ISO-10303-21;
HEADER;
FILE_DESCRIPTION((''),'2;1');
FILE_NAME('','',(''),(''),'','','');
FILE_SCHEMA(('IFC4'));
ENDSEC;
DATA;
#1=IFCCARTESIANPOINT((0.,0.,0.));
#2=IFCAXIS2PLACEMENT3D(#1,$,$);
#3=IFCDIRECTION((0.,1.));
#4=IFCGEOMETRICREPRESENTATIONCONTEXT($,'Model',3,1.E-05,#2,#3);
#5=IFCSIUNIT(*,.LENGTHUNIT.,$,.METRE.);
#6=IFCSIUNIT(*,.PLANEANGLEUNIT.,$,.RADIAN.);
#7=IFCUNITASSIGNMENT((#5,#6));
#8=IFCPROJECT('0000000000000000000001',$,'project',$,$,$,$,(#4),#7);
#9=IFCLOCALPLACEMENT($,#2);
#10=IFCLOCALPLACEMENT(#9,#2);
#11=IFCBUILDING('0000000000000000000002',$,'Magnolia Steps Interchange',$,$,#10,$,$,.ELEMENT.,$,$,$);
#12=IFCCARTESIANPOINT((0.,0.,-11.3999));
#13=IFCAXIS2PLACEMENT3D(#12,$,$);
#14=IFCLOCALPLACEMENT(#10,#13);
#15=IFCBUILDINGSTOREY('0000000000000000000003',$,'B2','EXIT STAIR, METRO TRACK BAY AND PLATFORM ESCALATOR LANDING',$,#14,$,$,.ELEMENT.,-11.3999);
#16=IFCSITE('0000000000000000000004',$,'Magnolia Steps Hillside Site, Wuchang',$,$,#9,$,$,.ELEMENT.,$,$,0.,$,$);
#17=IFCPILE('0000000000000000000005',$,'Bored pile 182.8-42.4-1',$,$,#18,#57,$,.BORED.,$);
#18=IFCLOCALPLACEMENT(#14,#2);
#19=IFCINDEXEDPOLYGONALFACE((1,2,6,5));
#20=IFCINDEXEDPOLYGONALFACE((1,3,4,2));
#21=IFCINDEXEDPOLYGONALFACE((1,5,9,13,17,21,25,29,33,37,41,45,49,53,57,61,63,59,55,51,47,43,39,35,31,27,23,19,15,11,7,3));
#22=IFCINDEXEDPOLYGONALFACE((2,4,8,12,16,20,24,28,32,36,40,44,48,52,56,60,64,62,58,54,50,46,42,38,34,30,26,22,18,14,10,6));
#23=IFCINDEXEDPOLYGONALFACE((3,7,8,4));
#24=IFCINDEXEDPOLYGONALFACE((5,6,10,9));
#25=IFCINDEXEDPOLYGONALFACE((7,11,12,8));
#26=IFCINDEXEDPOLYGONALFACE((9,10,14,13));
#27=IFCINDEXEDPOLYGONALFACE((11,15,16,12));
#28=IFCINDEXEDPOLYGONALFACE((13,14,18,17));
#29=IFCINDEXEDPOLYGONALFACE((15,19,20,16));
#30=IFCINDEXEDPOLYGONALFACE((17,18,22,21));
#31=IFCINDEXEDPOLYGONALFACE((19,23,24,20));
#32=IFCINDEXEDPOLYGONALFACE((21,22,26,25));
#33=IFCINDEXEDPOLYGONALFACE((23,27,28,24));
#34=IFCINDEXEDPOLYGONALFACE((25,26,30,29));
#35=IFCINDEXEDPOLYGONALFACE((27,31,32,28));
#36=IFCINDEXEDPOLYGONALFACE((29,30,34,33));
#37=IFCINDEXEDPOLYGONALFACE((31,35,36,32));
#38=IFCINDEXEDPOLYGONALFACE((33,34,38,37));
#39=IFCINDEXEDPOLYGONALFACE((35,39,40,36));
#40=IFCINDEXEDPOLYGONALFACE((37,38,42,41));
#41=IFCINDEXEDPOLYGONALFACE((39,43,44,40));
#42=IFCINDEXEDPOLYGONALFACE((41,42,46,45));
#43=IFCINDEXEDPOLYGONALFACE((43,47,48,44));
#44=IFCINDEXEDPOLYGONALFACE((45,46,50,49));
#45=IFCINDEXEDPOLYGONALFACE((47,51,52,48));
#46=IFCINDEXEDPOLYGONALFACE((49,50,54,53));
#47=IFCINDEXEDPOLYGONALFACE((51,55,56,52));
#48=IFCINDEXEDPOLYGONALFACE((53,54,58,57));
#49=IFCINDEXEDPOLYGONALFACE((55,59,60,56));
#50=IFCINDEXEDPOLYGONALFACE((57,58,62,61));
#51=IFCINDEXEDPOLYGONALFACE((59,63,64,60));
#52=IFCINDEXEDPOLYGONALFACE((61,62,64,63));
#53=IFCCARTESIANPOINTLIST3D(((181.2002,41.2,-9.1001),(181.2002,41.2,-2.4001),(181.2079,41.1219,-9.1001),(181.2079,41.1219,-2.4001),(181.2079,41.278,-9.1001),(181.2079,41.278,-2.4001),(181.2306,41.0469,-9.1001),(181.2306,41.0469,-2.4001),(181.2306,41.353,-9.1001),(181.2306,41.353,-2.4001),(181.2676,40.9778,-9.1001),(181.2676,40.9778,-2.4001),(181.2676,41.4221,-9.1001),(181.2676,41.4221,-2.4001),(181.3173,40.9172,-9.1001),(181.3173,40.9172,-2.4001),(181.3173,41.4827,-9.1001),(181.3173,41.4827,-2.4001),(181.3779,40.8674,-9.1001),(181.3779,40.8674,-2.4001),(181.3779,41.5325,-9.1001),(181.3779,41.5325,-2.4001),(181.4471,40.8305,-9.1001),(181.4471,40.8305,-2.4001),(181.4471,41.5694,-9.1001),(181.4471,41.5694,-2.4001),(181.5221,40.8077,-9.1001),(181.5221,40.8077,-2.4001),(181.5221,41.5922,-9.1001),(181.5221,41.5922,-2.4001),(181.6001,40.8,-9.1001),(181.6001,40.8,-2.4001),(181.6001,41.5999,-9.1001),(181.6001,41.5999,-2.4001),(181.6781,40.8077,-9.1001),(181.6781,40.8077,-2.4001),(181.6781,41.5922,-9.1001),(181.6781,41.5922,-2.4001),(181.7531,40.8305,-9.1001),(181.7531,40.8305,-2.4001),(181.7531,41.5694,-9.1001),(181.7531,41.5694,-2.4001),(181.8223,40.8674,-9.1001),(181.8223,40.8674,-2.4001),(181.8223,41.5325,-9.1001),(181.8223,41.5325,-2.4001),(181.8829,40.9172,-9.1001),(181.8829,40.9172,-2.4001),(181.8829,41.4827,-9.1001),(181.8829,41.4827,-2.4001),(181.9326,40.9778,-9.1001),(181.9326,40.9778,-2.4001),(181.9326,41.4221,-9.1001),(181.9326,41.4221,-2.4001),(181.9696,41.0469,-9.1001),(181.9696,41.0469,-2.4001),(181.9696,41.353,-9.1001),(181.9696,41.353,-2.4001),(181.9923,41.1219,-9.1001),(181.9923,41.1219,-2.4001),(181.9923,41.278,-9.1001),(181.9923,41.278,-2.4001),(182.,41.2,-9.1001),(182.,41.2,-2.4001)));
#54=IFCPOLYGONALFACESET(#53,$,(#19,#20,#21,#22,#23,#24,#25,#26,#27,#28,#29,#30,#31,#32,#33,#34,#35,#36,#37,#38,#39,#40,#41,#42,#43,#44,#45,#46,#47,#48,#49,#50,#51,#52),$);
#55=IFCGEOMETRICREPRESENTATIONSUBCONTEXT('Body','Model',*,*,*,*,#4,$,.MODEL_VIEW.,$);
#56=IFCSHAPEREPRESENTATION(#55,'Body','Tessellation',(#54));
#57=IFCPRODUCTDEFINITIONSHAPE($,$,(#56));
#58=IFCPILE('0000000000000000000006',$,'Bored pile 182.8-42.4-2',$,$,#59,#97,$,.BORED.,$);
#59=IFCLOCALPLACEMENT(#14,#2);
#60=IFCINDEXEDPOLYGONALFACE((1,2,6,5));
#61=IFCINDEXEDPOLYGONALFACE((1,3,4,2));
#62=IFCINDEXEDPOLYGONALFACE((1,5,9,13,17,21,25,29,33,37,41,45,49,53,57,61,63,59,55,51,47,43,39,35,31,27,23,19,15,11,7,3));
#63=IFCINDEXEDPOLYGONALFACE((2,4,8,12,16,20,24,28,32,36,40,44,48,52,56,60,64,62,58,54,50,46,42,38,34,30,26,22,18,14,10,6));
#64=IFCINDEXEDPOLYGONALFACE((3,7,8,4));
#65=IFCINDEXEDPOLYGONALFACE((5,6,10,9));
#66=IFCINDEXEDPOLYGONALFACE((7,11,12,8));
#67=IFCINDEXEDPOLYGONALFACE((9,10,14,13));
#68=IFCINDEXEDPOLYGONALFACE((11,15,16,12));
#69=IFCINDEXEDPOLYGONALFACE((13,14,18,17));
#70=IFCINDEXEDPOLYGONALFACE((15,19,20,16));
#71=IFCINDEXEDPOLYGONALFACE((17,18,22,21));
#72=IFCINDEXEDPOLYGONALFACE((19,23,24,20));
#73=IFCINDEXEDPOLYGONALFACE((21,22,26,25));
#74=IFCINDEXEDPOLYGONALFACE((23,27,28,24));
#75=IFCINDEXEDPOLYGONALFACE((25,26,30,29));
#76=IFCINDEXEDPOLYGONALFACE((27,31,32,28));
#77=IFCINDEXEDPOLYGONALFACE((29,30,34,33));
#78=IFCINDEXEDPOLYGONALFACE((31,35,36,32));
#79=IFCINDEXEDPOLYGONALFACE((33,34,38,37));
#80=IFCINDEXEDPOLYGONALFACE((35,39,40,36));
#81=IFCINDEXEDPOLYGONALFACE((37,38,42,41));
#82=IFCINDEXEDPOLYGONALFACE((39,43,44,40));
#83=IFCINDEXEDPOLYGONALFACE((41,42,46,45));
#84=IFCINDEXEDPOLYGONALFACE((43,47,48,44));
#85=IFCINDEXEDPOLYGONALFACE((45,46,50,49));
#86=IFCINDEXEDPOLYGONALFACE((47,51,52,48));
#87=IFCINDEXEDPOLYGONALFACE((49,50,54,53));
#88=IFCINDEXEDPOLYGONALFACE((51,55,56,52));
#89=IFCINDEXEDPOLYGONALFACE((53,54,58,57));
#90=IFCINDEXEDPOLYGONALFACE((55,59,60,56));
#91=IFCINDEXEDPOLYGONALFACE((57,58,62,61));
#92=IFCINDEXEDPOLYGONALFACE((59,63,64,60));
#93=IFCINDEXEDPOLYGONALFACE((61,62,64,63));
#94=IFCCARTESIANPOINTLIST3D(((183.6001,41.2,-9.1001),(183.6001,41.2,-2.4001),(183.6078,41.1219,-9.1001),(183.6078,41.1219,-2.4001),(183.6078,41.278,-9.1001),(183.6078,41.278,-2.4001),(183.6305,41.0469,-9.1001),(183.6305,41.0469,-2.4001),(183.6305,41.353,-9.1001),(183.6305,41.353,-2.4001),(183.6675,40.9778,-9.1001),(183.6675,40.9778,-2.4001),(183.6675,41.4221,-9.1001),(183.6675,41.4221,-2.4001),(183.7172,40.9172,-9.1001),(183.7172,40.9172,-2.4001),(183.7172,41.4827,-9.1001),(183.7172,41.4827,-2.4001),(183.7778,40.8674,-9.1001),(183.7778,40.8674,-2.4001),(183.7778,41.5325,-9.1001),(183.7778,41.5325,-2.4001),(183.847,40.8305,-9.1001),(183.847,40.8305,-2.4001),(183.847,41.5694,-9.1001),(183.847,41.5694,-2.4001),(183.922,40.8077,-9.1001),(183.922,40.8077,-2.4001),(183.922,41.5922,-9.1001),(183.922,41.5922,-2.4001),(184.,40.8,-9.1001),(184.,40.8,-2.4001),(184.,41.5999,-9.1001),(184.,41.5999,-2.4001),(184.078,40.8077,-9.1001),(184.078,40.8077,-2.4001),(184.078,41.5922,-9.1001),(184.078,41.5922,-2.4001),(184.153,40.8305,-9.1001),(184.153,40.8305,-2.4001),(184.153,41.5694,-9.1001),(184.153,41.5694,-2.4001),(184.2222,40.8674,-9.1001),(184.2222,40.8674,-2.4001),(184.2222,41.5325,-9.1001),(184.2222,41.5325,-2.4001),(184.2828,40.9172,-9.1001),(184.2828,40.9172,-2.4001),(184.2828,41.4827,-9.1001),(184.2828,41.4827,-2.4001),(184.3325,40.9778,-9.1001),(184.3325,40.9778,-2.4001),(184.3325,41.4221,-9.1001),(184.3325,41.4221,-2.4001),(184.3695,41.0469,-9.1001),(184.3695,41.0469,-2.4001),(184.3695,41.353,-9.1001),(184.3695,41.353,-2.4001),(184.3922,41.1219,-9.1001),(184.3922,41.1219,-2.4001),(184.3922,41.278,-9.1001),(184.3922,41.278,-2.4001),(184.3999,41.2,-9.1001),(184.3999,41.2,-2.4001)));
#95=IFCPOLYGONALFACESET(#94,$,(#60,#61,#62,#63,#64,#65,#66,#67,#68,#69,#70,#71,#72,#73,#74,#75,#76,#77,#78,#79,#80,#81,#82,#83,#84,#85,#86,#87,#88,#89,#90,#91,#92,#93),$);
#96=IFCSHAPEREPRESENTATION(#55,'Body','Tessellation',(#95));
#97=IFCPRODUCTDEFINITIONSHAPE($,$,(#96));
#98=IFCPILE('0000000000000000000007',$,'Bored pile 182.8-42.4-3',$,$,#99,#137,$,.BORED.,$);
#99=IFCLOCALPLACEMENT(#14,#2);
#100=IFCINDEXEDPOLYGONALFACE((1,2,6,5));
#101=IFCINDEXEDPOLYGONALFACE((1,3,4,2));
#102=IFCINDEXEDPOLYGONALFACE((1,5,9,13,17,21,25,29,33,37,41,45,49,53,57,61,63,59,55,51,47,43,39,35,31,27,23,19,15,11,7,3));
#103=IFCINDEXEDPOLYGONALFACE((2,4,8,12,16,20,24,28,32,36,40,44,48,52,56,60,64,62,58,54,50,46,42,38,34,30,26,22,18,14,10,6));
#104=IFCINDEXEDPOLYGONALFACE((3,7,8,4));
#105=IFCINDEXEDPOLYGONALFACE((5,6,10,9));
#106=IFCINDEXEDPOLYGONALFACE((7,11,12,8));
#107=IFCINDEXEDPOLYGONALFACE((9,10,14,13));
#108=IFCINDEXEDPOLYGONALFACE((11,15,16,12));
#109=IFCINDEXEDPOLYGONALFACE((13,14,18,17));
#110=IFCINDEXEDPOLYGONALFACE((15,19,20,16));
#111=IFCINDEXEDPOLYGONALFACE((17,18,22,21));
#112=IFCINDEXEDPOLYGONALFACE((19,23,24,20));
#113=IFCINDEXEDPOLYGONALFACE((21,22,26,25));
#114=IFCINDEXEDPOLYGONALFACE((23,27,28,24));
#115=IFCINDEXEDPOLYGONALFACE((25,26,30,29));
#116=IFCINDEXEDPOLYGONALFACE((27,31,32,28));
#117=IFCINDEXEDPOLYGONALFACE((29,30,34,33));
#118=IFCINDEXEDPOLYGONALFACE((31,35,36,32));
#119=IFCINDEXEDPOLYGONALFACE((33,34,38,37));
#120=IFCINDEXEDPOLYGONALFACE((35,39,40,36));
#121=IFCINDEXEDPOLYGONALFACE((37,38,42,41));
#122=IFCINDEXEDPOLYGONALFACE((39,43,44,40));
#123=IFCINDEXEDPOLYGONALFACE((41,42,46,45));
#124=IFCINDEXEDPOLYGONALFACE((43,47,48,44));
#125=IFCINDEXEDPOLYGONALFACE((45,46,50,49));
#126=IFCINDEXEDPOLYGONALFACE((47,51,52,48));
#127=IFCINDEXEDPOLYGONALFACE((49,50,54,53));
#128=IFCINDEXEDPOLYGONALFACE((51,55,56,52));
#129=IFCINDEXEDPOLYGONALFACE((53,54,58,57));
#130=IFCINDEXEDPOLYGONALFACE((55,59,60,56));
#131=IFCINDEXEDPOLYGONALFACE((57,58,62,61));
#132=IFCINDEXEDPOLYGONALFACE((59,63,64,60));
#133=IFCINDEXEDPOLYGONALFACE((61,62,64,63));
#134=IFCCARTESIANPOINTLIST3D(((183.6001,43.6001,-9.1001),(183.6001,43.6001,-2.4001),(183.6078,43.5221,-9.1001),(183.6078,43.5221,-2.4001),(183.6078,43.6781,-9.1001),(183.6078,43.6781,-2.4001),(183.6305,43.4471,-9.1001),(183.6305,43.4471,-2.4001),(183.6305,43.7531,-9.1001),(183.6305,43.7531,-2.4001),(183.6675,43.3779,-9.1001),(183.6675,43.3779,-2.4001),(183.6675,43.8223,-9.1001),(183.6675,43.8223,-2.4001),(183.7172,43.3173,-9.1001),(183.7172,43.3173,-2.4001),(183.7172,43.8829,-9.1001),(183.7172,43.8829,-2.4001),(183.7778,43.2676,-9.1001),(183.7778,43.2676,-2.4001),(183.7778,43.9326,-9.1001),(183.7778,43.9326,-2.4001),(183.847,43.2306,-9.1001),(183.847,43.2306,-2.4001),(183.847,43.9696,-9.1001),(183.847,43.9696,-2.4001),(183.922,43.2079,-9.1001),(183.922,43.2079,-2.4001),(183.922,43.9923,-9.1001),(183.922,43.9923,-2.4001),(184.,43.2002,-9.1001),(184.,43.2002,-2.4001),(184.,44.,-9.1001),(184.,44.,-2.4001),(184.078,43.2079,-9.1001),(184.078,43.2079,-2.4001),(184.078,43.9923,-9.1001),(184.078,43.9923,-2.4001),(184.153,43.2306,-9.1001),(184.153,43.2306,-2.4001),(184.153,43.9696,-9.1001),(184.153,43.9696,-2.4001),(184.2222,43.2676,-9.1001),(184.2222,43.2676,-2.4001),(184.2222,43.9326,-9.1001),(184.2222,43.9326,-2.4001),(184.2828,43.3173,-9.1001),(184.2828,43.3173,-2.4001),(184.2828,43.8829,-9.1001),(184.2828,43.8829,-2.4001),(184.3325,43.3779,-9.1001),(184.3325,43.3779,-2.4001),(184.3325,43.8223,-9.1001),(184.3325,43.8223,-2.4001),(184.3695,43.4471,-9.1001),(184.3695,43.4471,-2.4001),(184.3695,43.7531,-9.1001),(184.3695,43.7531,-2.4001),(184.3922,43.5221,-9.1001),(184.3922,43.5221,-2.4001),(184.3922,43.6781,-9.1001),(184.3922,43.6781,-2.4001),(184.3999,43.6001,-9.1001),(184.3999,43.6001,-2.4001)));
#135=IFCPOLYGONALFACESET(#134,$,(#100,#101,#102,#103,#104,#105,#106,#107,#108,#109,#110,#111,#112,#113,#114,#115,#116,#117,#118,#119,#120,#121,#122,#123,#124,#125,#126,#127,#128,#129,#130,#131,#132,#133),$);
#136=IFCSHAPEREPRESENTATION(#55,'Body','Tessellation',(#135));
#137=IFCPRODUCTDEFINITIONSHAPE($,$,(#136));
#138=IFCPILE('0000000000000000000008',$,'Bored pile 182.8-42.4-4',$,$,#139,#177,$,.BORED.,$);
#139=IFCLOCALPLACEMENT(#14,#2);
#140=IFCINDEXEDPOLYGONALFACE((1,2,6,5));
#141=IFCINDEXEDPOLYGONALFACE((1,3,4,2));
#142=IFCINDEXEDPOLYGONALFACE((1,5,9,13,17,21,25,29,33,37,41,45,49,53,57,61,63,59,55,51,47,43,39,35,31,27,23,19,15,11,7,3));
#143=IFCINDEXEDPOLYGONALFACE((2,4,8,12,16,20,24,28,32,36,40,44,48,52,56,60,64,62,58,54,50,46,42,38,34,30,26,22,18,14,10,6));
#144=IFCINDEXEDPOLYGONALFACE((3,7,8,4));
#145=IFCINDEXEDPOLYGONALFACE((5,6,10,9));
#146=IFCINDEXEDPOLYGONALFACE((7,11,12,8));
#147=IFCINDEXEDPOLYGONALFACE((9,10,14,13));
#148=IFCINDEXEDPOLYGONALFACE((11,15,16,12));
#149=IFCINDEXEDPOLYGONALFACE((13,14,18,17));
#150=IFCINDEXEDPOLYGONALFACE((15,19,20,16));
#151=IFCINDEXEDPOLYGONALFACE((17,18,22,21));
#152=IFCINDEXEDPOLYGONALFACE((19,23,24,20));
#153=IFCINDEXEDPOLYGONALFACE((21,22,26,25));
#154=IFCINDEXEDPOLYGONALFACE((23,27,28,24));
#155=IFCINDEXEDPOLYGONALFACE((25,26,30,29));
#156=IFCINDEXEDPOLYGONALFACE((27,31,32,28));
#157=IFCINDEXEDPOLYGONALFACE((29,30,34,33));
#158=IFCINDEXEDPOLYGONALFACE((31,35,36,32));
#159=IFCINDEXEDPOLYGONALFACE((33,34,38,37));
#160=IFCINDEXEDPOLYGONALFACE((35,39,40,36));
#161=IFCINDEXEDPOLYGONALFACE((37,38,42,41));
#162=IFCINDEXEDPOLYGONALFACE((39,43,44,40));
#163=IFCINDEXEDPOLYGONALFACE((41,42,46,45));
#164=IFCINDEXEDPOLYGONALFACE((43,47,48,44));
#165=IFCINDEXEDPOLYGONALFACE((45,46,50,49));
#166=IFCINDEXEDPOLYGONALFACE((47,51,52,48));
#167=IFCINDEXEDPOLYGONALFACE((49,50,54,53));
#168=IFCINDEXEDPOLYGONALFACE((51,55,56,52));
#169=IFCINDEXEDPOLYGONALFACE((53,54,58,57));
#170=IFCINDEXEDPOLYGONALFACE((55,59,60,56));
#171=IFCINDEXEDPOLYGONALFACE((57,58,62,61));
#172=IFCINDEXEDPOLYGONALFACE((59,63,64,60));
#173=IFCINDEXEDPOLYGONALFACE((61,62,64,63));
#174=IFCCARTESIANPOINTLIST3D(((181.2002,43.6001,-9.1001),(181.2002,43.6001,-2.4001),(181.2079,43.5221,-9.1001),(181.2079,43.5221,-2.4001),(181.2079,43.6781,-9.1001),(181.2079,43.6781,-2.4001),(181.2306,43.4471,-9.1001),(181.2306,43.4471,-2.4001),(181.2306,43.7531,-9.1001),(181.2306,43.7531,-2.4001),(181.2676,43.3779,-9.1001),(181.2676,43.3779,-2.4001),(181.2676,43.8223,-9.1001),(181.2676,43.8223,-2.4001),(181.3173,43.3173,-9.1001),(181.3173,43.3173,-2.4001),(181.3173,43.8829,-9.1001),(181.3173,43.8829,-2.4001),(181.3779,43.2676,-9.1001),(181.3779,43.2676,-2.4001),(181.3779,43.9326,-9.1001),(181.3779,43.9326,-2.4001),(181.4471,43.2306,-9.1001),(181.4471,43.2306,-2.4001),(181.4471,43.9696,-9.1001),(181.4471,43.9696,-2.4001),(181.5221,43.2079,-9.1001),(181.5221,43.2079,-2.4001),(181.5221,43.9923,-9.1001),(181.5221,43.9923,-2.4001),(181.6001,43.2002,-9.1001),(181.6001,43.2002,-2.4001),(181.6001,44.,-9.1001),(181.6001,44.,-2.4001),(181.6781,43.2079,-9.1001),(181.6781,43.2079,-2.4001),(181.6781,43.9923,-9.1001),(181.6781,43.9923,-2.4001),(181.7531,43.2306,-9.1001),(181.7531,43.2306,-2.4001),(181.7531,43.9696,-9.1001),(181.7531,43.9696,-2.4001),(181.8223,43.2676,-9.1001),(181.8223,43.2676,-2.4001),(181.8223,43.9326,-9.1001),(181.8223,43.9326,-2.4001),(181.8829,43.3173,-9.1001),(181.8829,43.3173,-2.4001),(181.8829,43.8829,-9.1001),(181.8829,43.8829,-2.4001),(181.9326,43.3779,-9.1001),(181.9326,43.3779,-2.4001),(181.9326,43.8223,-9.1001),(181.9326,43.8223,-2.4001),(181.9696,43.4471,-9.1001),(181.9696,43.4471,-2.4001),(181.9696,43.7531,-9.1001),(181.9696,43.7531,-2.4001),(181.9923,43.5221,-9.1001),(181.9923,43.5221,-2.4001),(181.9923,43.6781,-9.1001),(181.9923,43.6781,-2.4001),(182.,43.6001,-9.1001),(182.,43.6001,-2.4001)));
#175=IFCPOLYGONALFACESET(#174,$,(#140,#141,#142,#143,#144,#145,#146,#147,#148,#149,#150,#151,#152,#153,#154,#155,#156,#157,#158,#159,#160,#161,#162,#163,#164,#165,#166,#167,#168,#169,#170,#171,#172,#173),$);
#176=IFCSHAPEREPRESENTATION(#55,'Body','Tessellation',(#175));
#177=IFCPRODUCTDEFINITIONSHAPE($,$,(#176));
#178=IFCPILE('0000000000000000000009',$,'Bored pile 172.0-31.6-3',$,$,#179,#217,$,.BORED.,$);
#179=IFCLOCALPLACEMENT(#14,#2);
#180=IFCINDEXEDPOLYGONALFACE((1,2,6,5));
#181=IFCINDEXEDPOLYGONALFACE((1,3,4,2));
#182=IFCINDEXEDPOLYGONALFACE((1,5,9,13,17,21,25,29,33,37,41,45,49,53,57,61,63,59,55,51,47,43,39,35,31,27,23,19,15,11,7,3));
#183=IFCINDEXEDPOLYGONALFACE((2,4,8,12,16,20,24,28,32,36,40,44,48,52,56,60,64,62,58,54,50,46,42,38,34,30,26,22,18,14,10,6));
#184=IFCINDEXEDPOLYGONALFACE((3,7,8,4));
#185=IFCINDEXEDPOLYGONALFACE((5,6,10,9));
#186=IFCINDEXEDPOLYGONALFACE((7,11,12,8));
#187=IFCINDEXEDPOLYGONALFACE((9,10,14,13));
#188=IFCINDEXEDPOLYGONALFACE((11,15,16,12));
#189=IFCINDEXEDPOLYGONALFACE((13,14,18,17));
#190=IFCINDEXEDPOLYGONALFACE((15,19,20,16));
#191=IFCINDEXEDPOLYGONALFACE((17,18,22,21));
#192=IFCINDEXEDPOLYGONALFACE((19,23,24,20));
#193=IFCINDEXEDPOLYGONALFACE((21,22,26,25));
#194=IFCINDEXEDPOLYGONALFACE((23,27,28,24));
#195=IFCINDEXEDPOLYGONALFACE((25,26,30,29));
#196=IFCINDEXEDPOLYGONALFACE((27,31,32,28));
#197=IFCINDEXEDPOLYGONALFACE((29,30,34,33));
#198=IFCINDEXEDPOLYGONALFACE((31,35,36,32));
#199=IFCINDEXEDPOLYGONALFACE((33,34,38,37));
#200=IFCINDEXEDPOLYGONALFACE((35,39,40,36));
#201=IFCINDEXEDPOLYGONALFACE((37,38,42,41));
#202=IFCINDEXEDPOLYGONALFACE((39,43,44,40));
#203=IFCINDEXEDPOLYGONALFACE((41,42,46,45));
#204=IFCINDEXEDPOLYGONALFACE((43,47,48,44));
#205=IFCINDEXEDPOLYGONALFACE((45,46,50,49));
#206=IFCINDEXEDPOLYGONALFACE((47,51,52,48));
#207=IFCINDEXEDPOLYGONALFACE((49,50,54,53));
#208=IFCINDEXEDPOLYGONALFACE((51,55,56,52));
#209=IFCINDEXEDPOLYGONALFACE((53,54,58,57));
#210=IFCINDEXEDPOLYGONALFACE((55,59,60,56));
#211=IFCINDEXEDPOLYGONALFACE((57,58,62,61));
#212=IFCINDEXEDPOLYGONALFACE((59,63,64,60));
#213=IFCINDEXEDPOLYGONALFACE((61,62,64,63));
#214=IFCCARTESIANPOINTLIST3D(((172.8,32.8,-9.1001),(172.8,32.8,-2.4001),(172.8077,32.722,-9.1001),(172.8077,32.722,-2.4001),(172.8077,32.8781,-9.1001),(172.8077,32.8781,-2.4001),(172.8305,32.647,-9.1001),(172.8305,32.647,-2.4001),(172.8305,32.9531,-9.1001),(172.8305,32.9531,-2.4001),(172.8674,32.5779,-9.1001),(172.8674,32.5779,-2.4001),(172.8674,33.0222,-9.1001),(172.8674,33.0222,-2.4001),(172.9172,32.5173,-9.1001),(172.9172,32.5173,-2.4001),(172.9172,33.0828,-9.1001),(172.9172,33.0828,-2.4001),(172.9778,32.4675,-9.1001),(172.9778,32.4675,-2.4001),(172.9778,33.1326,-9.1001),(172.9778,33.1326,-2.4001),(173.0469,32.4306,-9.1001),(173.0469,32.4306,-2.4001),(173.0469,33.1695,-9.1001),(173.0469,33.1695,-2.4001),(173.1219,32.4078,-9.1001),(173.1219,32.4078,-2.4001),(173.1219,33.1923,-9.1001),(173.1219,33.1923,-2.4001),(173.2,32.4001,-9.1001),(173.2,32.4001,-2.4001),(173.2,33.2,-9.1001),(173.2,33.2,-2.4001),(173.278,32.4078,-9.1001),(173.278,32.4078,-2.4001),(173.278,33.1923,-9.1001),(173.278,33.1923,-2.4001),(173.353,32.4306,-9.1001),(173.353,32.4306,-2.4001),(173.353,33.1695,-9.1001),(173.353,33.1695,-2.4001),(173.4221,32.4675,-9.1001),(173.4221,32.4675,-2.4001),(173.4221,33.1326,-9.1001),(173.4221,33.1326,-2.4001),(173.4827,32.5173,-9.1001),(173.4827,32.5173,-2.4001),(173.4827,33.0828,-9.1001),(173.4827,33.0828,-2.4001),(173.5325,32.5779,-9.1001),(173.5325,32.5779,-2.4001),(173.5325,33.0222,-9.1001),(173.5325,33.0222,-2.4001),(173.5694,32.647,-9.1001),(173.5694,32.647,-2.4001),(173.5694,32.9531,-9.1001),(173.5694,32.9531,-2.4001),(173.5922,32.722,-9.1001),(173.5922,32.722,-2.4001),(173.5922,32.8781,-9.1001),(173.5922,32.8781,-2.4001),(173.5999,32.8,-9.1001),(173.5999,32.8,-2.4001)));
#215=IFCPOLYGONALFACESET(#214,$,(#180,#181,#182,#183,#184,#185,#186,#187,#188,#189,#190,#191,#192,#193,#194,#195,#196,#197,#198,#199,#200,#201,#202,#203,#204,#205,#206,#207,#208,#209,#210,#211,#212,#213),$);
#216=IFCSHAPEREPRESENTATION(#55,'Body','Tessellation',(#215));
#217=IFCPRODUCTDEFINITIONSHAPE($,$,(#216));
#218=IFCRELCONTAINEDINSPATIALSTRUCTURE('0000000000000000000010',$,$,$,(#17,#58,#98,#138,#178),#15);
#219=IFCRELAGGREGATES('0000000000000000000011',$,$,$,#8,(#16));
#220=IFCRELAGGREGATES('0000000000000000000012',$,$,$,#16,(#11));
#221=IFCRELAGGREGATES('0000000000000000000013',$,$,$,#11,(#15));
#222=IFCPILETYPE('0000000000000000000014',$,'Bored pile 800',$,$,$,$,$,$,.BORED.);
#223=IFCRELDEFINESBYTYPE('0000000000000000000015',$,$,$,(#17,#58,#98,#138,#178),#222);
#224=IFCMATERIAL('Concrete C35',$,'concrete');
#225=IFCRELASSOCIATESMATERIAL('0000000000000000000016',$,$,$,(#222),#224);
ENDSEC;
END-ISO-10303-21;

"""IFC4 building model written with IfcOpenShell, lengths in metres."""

from ifc_helpers import new_model, si_unit, direction, frame, origin, origin_2d, place, context, subcontext, project, spatial, circle, extrude, material, material_profile, profile_set, type_object, element, save


model = new_model("IFC4")

# Units and contexts
model_context = context("Model", 3, precision=1e-05, world=origin(), true_north=direction((0.0, 1.0)))
body_context = subcontext(model_context, "Body", "Model", "MODEL_VIEW")
ifc_project = project(units=[si_unit("LENGTHUNIT", "METRE"), si_unit("PLANEANGLEUNIT", "RADIAN")], contexts=[model_context])

# Site, building, storey
site_placement = place(None, origin())
site = spatial("IfcSite", under=ifc_project, at=site_placement, Name="Magnolia Steps Hillside Site, Wuchang", CompositionType="ELEMENT", RefElevation=0.0)
building_placement = place(site_placement, origin())
building = spatial("IfcBuilding", under=site, at=building_placement, Name="Magnolia Steps Interchange", CompositionType="ELEMENT")
storey_placement = place(building_placement, frame((0.0, 0.0, -11.3999)))
storey = spatial("IfcBuildingStorey", under=building, at=storey_placement, Name="B2", Description="EXIT STAIR, METRO TRACK BAY AND PLATFORM ESCALATOR LANDING", CompositionType="ELEMENT", Elevation=-11.3999)

# Piles
ifc_material_1 = material(Name="Concrete C35", Category="concrete")
ifc_material_profile_1 = material_profile(ifc_material_1, circle(Radius=0.3999, at=origin_2d()), Name="Bored pile 800")
ifc_profile_set_1 = profile_set([ifc_material_profile_1], Name="Concrete C35")
pile_type_1 = type_object("IfcPileType", Name="Bored pile 800", PredefinedType="BORED", material=ifc_profile_set_1)
for number, where, z_axis, x_axis, name in (
    (1, (181.6001, 41.2, -2.4001), (0.0, 0.0, -1.0), (1.0, 0.0, 0.0), "Bored pile 182.8-42.4-1"),
    (2, (184.0, 41.2, -2.4001), (0.0, 0.0, -1.0), (1.0, 0.0, 0.0), "Bored pile 182.8-42.4-2"),
    (3, (184.0, 43.6001, -2.4001), (0.0, 0.0, -1.0), (1.0, 0.0, 0.0), "Bored pile 182.8-42.4-3"),
    (4, (181.6001, 43.6001, -2.4001), (0.0, 0.0, -1.0), (1.0, 0.0, 0.0), "Bored pile 182.8-42.4-4"),
    (5, (173.2, 32.8, -2.4001), (0.0, 0.0, -1.0), (1.0, 0.0, 0.0), "Bored pile 172.0-31.6-3"),
):
    element("IfcPile", number, at=place(storey_placement, frame(where, z_axis=z_axis, x_axis=x_axis)), inside=storey, type_object=pile_type_1, Name=name, PredefinedType="BORED", context=body_context, shape_type="SweptSolid", body=[
        extrude(circle(Radius=0.3999, at=origin_2d()), origin(), (0.0, 0.0, 1.0), 6.7),
    ])

save(model, "model.ifc")
